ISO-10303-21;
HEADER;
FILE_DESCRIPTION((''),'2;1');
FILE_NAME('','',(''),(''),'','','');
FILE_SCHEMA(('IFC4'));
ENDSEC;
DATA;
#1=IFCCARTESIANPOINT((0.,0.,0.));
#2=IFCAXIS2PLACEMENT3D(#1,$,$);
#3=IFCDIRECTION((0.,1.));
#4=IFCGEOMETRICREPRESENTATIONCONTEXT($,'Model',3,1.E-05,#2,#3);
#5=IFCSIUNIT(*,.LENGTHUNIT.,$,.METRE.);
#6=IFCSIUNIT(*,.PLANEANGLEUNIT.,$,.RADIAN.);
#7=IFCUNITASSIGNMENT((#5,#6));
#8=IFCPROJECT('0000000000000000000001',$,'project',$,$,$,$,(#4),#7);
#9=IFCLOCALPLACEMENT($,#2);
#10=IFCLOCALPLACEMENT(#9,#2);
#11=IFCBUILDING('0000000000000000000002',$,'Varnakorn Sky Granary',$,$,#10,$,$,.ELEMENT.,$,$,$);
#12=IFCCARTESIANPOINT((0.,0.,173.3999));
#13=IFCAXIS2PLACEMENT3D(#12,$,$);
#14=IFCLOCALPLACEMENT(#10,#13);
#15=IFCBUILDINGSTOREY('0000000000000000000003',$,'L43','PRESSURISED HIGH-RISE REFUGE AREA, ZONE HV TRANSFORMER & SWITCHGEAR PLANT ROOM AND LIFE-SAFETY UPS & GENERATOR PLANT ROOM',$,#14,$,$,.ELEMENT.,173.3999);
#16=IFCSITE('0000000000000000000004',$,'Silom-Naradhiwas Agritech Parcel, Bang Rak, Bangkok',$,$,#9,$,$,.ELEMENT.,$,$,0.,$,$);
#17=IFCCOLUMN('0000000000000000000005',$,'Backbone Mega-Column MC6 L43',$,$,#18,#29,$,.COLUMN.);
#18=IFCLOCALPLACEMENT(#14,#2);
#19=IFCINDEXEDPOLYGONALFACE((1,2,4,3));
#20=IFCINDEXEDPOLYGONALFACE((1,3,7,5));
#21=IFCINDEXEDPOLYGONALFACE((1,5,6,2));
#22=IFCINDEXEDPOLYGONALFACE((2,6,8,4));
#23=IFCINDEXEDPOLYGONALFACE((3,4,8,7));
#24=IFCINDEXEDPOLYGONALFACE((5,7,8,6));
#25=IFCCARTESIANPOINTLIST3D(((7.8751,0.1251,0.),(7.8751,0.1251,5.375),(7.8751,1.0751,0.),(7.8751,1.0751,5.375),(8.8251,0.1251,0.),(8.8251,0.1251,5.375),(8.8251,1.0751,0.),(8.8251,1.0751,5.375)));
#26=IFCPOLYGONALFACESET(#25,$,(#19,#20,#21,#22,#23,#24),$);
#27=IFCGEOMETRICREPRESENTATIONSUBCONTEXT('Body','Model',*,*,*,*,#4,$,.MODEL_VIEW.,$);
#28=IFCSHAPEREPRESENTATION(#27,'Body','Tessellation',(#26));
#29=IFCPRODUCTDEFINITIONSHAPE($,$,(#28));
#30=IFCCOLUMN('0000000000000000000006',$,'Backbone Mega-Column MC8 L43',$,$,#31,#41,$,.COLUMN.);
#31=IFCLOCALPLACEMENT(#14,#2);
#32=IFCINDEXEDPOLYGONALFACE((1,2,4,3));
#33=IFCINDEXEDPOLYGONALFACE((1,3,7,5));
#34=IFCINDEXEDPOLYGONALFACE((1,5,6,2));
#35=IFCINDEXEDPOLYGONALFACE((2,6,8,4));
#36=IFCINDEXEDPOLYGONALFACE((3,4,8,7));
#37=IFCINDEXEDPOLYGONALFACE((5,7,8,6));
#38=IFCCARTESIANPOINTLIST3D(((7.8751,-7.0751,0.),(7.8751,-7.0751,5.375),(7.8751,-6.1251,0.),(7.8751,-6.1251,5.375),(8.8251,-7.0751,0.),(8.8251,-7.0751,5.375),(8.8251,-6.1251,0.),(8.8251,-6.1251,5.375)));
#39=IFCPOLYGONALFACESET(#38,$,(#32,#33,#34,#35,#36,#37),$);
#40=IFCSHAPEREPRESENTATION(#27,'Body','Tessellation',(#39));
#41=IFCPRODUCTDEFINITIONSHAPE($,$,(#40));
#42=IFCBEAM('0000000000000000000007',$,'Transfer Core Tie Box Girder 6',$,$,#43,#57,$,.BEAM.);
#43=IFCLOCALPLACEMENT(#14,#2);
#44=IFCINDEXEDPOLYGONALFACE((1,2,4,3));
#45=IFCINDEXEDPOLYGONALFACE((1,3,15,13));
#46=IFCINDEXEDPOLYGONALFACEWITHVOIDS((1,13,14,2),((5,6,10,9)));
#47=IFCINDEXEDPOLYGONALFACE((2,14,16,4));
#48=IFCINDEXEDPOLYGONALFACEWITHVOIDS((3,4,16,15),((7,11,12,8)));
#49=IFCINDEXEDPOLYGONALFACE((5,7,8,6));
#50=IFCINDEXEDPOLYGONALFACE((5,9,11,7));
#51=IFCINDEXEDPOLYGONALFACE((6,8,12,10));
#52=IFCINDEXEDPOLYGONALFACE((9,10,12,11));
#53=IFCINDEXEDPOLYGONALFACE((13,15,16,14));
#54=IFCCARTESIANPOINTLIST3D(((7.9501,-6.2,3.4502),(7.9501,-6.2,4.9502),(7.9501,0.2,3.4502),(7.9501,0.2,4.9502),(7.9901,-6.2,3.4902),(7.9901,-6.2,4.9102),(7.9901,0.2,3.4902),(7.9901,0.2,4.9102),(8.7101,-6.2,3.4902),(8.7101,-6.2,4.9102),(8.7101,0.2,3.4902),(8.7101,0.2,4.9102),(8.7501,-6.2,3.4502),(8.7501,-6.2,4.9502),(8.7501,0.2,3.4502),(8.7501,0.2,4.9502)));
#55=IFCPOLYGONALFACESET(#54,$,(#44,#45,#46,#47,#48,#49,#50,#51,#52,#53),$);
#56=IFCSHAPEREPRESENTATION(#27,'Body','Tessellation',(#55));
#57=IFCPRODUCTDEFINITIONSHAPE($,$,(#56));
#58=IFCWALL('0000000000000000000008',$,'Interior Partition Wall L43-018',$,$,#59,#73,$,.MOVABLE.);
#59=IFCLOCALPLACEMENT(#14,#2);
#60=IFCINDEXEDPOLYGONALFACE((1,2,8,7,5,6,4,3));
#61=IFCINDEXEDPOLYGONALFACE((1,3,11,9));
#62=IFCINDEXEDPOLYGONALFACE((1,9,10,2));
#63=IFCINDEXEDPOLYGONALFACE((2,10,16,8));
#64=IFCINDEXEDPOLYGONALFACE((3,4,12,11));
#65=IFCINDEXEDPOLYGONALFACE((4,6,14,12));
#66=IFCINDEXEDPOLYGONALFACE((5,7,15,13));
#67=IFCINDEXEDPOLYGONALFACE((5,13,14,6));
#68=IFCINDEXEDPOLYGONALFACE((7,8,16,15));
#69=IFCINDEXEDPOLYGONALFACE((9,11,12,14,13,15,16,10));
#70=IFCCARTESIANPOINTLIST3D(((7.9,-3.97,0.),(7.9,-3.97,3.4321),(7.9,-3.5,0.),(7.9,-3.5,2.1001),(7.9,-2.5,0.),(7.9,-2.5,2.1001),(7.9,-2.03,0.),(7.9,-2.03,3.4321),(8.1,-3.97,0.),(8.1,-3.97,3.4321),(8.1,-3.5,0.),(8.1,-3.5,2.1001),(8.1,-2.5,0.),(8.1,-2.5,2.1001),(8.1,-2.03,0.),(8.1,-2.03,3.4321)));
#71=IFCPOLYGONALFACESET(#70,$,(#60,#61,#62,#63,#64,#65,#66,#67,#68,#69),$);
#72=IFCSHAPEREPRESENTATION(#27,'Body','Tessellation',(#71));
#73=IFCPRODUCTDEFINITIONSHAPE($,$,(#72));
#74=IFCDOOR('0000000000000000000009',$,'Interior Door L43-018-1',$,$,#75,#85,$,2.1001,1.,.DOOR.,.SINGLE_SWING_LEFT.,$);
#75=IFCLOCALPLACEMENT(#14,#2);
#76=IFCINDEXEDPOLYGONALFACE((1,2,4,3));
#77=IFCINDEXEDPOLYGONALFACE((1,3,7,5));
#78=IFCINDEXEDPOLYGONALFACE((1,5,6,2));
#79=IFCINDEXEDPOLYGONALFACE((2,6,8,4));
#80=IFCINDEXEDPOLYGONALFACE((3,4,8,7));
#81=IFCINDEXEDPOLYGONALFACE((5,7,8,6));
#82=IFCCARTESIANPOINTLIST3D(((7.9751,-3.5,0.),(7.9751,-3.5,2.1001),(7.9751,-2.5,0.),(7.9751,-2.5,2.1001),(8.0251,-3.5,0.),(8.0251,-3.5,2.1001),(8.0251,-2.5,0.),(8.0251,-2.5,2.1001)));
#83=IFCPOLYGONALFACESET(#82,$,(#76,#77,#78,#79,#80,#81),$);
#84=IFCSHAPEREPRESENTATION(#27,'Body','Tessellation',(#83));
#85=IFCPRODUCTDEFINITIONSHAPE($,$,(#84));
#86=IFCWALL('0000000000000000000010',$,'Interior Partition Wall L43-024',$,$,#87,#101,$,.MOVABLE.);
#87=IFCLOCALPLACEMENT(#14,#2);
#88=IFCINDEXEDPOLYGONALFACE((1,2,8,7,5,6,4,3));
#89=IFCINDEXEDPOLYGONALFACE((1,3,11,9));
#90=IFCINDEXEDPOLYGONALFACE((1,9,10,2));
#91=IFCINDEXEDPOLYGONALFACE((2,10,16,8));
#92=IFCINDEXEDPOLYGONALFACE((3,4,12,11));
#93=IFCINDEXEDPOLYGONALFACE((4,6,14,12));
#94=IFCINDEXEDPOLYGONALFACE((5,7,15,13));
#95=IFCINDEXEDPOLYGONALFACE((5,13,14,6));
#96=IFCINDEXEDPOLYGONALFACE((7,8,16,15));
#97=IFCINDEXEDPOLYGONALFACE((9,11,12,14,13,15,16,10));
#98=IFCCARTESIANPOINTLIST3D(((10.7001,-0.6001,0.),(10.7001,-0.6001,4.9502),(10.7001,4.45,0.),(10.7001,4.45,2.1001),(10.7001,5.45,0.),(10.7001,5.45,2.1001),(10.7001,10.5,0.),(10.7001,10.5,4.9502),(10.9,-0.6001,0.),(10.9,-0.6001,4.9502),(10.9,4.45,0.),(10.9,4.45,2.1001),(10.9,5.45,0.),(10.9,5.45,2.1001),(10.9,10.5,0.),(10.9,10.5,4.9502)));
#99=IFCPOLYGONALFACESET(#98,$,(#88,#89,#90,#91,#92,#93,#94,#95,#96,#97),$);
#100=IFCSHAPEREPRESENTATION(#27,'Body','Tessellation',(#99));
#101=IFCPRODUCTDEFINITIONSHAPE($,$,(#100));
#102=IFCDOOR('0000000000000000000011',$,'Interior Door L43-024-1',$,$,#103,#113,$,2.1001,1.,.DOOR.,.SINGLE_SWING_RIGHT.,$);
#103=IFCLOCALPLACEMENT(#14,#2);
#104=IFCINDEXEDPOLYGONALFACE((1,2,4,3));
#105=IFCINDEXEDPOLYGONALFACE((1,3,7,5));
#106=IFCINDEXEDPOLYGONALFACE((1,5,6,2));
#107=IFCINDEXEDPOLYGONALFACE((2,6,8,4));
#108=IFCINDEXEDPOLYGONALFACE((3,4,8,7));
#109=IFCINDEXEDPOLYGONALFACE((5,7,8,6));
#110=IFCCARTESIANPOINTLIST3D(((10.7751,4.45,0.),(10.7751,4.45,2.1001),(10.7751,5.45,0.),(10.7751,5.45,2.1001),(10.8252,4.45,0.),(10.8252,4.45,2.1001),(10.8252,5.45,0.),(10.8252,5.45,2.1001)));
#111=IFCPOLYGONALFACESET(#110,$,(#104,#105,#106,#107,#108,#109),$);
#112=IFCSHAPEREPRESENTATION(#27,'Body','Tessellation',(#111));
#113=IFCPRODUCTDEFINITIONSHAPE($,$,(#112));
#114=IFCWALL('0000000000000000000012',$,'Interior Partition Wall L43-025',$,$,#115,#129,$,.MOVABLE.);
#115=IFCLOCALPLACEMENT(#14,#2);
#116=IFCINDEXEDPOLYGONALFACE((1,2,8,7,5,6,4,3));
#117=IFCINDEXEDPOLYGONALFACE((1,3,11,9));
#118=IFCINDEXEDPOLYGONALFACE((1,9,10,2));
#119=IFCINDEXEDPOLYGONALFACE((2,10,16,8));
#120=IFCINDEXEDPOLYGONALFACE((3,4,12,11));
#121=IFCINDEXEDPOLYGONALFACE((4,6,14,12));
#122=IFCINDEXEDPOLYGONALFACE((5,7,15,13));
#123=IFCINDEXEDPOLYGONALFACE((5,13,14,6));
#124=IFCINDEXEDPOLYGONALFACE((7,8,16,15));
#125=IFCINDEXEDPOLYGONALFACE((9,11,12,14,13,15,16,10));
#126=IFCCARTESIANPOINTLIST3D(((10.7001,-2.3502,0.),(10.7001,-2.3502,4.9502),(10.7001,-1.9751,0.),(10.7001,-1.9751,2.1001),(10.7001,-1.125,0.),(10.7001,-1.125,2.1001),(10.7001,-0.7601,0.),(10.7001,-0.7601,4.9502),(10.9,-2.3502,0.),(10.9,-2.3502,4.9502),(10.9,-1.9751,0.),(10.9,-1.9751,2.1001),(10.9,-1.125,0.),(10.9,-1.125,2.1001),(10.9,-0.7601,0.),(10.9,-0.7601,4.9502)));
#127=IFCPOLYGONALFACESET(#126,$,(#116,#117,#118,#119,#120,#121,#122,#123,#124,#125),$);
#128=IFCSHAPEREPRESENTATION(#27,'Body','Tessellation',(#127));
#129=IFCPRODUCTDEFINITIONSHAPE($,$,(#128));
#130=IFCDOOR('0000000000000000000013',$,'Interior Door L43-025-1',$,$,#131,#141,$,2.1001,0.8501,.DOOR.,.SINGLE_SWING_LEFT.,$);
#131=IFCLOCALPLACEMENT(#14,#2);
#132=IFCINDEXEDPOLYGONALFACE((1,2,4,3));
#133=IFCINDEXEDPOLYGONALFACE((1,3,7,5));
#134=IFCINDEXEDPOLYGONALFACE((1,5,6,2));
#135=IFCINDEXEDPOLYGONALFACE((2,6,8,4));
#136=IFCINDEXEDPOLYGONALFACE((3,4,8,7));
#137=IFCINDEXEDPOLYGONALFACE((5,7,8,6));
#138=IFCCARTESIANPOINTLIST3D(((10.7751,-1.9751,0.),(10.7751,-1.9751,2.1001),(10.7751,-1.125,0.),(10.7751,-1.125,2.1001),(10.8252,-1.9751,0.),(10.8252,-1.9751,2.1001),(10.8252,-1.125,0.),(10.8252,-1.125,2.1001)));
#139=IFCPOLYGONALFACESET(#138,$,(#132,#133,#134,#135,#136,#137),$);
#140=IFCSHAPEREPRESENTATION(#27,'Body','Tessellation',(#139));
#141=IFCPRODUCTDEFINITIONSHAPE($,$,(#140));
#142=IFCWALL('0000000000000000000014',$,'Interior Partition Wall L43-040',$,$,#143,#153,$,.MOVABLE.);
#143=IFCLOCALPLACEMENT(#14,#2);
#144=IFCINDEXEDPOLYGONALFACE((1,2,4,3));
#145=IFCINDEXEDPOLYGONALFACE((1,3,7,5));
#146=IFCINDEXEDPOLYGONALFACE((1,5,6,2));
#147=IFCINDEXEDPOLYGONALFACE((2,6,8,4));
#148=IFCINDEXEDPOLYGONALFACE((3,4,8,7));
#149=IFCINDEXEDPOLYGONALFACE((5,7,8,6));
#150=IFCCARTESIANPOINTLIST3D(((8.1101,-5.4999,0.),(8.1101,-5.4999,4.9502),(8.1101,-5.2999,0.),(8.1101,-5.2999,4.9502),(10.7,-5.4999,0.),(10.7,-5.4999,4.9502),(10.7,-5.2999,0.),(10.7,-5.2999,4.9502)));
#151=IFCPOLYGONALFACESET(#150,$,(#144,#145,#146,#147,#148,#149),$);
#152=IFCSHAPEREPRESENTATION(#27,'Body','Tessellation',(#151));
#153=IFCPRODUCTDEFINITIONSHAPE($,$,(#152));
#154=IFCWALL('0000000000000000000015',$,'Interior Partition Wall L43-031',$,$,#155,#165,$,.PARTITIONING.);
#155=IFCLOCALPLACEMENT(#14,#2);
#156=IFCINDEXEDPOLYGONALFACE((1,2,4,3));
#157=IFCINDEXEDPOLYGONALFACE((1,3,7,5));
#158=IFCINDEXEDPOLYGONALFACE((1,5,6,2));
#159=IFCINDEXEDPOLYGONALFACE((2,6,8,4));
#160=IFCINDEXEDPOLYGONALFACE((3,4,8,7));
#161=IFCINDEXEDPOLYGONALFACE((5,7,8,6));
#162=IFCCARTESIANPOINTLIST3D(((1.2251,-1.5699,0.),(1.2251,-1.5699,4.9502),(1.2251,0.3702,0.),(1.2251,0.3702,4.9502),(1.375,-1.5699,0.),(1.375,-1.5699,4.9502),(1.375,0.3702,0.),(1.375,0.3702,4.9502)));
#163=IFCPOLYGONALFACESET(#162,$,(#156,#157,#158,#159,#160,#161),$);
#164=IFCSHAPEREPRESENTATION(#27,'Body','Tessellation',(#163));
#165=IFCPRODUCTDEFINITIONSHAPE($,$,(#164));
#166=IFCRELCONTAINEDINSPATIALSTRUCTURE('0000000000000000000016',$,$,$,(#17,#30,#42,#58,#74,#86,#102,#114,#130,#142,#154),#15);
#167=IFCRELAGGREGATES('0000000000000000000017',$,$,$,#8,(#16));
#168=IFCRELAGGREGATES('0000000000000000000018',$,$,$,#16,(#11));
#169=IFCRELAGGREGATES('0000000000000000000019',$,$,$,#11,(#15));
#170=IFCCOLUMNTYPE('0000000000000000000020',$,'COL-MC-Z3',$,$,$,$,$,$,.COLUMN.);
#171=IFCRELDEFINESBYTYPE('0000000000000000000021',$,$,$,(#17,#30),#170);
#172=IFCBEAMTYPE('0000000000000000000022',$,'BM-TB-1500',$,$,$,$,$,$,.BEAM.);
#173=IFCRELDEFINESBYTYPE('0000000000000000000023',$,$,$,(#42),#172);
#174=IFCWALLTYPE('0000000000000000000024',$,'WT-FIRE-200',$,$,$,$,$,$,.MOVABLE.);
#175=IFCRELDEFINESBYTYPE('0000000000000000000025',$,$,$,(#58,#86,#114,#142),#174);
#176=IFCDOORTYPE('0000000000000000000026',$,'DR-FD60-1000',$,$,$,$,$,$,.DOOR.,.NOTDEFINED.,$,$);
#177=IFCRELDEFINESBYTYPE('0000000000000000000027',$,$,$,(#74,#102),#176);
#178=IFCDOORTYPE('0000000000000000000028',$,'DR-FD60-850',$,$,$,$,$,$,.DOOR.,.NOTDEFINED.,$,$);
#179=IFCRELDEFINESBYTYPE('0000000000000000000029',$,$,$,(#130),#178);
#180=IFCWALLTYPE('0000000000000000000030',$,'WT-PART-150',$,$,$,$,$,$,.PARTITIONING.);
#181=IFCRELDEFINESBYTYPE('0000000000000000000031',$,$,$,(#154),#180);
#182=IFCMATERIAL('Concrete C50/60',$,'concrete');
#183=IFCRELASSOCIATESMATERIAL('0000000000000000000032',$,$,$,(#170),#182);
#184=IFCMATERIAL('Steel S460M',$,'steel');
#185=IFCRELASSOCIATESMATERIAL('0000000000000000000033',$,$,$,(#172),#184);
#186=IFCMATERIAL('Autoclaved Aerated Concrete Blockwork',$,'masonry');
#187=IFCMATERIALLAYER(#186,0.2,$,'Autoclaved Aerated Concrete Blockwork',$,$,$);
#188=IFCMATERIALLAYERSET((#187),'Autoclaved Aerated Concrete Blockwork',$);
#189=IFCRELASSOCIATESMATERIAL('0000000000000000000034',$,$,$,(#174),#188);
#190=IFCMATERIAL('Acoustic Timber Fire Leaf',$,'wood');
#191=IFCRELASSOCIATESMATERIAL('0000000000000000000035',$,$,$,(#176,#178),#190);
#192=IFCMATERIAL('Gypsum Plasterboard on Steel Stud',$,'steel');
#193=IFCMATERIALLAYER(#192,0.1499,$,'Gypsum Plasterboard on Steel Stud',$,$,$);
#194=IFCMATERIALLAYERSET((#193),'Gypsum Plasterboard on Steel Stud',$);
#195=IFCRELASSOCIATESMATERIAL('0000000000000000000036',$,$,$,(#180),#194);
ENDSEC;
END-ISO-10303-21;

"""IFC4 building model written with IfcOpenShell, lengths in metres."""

from ifc_helpers import new_model, si_unit, direction, frame, frame_2d, origin, origin_2d, place, context, subcontext, project, spatial, rectangle, hollow_rectangle, extrude, material, layer, layer_set, material_profile, profile_set, type_object, element, fill, save


model = new_model("IFC4")

# Units and contexts
model_context = context("Model", 3, precision=1e-05, world=origin(), true_north=direction((0.0, 1.0)))
body_context = subcontext(model_context, "Body", "Model", "MODEL_VIEW")
ifc_project = project(units=[si_unit("LENGTHUNIT", "METRE"), si_unit("PLANEANGLEUNIT", "RADIAN")], contexts=[model_context])

# Site, building, storey
site_placement = place(None, origin())
site = spatial("IfcSite", under=ifc_project, at=site_placement, Name="Silom-Naradhiwas Agritech Parcel, Bang Rak, Bangkok", CompositionType="ELEMENT", RefElevation=0.0)
building_placement = place(site_placement, origin())
building = spatial("IfcBuilding", under=site, at=building_placement, Name="Varnakorn Sky Granary", CompositionType="ELEMENT")
storey_placement = place(building_placement, frame((0.0, 0.0, 173.3999)))
storey = spatial("IfcBuildingStorey", under=building, at=storey_placement, Name="L43", Description="PRESSURISED HIGH-RISE REFUGE AREA, ZONE HV TRANSFORMER & SWITCHGEAR PLANT ROOM AND LIFE-SAFETY UPS & GENERATOR PLANT ROOM", CompositionType="ELEMENT", Elevation=173.3999)

# Columns
ifc_material_1 = material(Name="Concrete C50/60", Category="concrete")
ifc_material_profile_1 = material_profile(ifc_material_1, rectangle(XDim=0.95, YDim=0.95, at=origin_2d()), Name="RC 950x950")
ifc_profile_set_1 = profile_set([ifc_material_profile_1], Name="Concrete C50/60")
column_type = type_object("IfcColumnType", Name="COL-MC-Z3", PredefinedType="COLUMN", material=ifc_profile_set_1)
for number, where, z_axis, x_axis, name in (
    (1, (8.3501, 0.6001, 0.0), (0.0, 0.0, 1.0), (1.0, 0.0, 0.0), "Backbone Mega-Column MC6 L43"),
    (2, (8.3501, -6.6001, 0.0), (0.0, 0.0, 1.0), (1.0, 0.0, 0.0), "Backbone Mega-Column MC8 L43"),
):
    element("IfcColumn", number, at=place(storey_placement, frame(where, z_axis=z_axis, x_axis=x_axis)), inside=storey, type_object=column_type, Name=name, PredefinedType="COLUMN", context=body_context, shape_type="SweptSolid", body=[
        extrude(rectangle(XDim=0.95, YDim=0.95, at=origin_2d()), origin(), (0.0, 0.0, 1.0), 5.375),
    ])

# Beam
ifc_material_2 = material(Name="Steel S460M", Category="steel")
ifc_material_profile_2 = material_profile(ifc_material_2, hollow_rectangle(XDim=0.8, YDim=1.5, WallThickness=0.04, at=origin_2d()), Name="BOX 800x1500x40")
ifc_profile_set_2 = profile_set([ifc_material_profile_2], Name="Steel S460M")
beam_type = type_object("IfcBeamType", Name="BM-TB-1500", PredefinedType="BEAM", material=ifc_profile_set_2)
beam_placement = place(storey_placement, frame((8.3501, 0.2, 4.2002), z_axis=(0.0, -1.0, 0.0), x_axis=(1.0, 0.0, 0.0)))
element("IfcBeam", 3, at=beam_placement, inside=storey, type_object=beam_type, Name="Transfer Core Tie Box Girder 6", PredefinedType="BEAM", context=body_context, shape_type="SweptSolid", body=[
    extrude(hollow_rectangle(XDim=0.8, YDim=1.5, WallThickness=0.04, at=origin_2d()), origin(), (0.0, 0.0, 1.0), 6.3999),
])

# Walls, openings, doors
ifc_material_3 = material(Name="Autoclaved Aerated Concrete Blockwork", Category="masonry")
ifc_layer_1 = layer(ifc_material_3, 0.2, Name="Autoclaved Aerated Concrete Blockwork")
ifc_layer_set_1 = layer_set([ifc_layer_1], Name="Autoclaved Aerated Concrete Blockwork")
wall_type_1 = type_object("IfcWallType", Name="WT-FIRE-200", PredefinedType="MOVABLE", material=ifc_layer_set_1)
wall_1_placement = place(storey_placement, frame((8.0, -3.97, 0.0), z_axis=(0.0, 0.0, 1.0), x_axis=(0.0, 1.0, 0.0)))
wall_1 = element("IfcWall", 4, at=wall_1_placement, inside=storey, type_object=wall_type_1, Name="Interior Partition Wall L43-018", PredefinedType="MOVABLE", context=body_context, shape_type="SweptSolid", body=[
    extrude(rectangle(XDim=1.9399, YDim=0.2, at=frame_2d((0.97, 0.0))), origin(), (0.0, 0.0, 1.0), 3.4321),
])
opening_1_placement = place(wall_1_placement, frame((0.47, 0.0, 0.0)))
opening_1 = element("IfcOpeningElement", 5, at=opening_1_placement, cuts=wall_1, PredefinedType="OPENING", context=body_context, shape_type="SweptSolid", body=[
    extrude(rectangle(XDim=1.0, YDim=2.1001, at=frame_2d((0.5, 1.05))), frame((0.0, 0.1099, 0.0), z_axis=(0.0, -1.0, 0.0), x_axis=(1.0, 0.0, 0.0)), (0.0, 0.0, 1.0), 0.22),
])
ifc_material_4 = material(Name="Acoustic Timber Fire Leaf", Category="wood")
door_type_1 = type_object("IfcDoorType", Name="DR-FD60-1000", OperationType="NOTDEFINED", PredefinedType="DOOR", material=ifc_material_4)
door_1_placement = place(opening_1_placement, origin())
door_1 = element("IfcDoor", 6, at=door_1_placement, inside=storey, type_object=door_type_1, Name="Interior Door L43-018-1", OperationType="SINGLE_SWING_LEFT", OverallHeight=2.1001, OverallWidth=1.0, PredefinedType="DOOR", context=body_context, shape_type="SweptSolid", body=[
    extrude(rectangle(XDim=1.0, YDim=2.1001, at=frame_2d((0.5, 1.05))), frame((0.0, 0.0249, 0.0), z_axis=(0.0, -1.0, 0.0), x_axis=(1.0, 0.0, 0.0)), (0.0, 0.0, 1.0), 0.05),
])
fill(opening_1, door_1)
wall_2_placement = place(storey_placement, frame((10.8, -0.6001, 0.0), z_axis=(0.0, 0.0, 1.0), x_axis=(0.0, 1.0, 0.0)))
wall_2 = element("IfcWall", 7, at=wall_2_placement, inside=storey, type_object=wall_type_1, Name="Interior Partition Wall L43-024", PredefinedType="MOVABLE", context=body_context, shape_type="SweptSolid", body=[
    extrude(rectangle(XDim=11.1001, YDim=0.2, at=frame_2d((5.55, 0.0))), origin(), (0.0, 0.0, 1.0), 4.9502),
])
opening_2_placement = place(wall_2_placement, frame((5.05, 0.0, 0.0)))
opening_2 = element("IfcOpeningElement", 8, at=opening_2_placement, cuts=wall_2, PredefinedType="OPENING", context=body_context, shape_type="SweptSolid", body=[
    extrude(rectangle(XDim=1.0, YDim=2.1001, at=frame_2d((0.5, 1.05))), frame((0.0, 0.1099, 0.0), z_axis=(0.0, -1.0, 0.0), x_axis=(1.0, 0.0, 0.0)), (0.0, 0.0, 1.0), 0.22),
])
door_2_placement = place(opening_2_placement, origin())
door_2 = element("IfcDoor", 9, at=door_2_placement, inside=storey, type_object=door_type_1, Name="Interior Door L43-024-1", OperationType="SINGLE_SWING_RIGHT", OverallHeight=2.1001, OverallWidth=1.0, PredefinedType="DOOR", context=body_context, shape_type="SweptSolid", body=[
    extrude(rectangle(XDim=1.0, YDim=2.1001, at=frame_2d((0.5, 1.05))), frame((0.0, 0.0249, 0.0), z_axis=(0.0, -1.0, 0.0), x_axis=(1.0, 0.0, 0.0)), (0.0, 0.0, 1.0), 0.05),
])
fill(opening_2, door_2)
wall_3_placement = place(storey_placement, frame((10.8, -2.3501, 0.0), z_axis=(0.0, 0.0, 1.0), x_axis=(0.0, 1.0, 0.0)))
wall_3 = element("IfcWall", 10, at=wall_3_placement, inside=storey, type_object=wall_type_1, Name="Interior Partition Wall L43-025", PredefinedType="MOVABLE", context=body_context, shape_type="SweptSolid", body=[
    extrude(rectangle(XDim=1.5901, YDim=0.2, at=frame_2d((0.7949, 0.0))), origin(), (0.0, 0.0, 1.0), 4.9502),
])
opening_3_placement = place(wall_3_placement, frame((0.375, 0.0, 0.0)))
opening_3 = element("IfcOpeningElement", 11, at=opening_3_placement, cuts=wall_3, PredefinedType="OPENING", context=body_context, shape_type="SweptSolid", body=[
    extrude(rectangle(XDim=0.8501, YDim=2.1001, at=frame_2d((0.425, 1.05))), frame((0.0, 0.1099, 0.0), z_axis=(0.0, -1.0, 0.0), x_axis=(1.0, 0.0, 0.0)), (0.0, 0.0, 1.0), 0.22),
])
door_type_2 = type_object("IfcDoorType", Name="DR-FD60-850", OperationType="NOTDEFINED", PredefinedType="DOOR", material=ifc_material_4)
door_3_placement = place(opening_3_placement, origin())
door_3 = element("IfcDoor", 12, at=door_3_placement, inside=storey, type_object=door_type_2, Name="Interior Door L43-025-1", OperationType="SINGLE_SWING_LEFT", OverallHeight=2.1001, OverallWidth=0.8501, PredefinedType="DOOR", context=body_context, shape_type="SweptSolid", body=[
    extrude(rectangle(XDim=0.8501, YDim=2.1001, at=frame_2d((0.425, 1.05))), frame((0.0, 0.0249, 0.0), z_axis=(0.0, -1.0, 0.0), x_axis=(1.0, 0.0, 0.0)), (0.0, 0.0, 1.0), 0.05),
])
fill(opening_3, door_3)

# Walls
wall_4_placement = place(storey_placement, frame((8.1101, -5.3999, 0.0), z_axis=(0.0, 0.0, 1.0), x_axis=(1.0, 0.0, 0.0)))
element("IfcWall", 13, at=wall_4_placement, inside=storey, type_object=wall_type_1, Name="Interior Partition Wall L43-040", PredefinedType="MOVABLE", context=body_context, shape_type="SweptSolid", body=[
    extrude(rectangle(XDim=2.5898, YDim=0.2, at=frame_2d((1.2949, 0.0))), origin(), (0.0, 0.0, 1.0), 4.9502),
])
ifc_material_5 = material(Name="Gypsum Plasterboard on Steel Stud", Category="steel")
ifc_layer_2 = layer(ifc_material_5, 0.1499, Name="Gypsum Plasterboard on Steel Stud")
ifc_layer_set_2 = layer_set([ifc_layer_2], Name="Gypsum Plasterboard on Steel Stud")
wall_type_2 = type_object("IfcWallType", Name="WT-PART-150", PredefinedType="PARTITIONING", material=ifc_layer_set_2)
wall_5_placement = place(storey_placement, frame((1.3, -1.5701, 0.0), z_axis=(0.0, 0.0, 1.0), x_axis=(0.0, 1.0, 0.0)))
element("IfcWall", 14, at=wall_5_placement, inside=storey, type_object=wall_type_2, Name="Interior Partition Wall L43-031", PredefinedType="PARTITIONING", context=body_context, shape_type="SweptSolid", body=[
    extrude(rectangle(XDim=1.9402, YDim=0.1499, at=frame_2d((0.9702, 0.0))), origin(), (0.0, 0.0, 1.0), 4.9502),
])

save(model, "model.ifc")
